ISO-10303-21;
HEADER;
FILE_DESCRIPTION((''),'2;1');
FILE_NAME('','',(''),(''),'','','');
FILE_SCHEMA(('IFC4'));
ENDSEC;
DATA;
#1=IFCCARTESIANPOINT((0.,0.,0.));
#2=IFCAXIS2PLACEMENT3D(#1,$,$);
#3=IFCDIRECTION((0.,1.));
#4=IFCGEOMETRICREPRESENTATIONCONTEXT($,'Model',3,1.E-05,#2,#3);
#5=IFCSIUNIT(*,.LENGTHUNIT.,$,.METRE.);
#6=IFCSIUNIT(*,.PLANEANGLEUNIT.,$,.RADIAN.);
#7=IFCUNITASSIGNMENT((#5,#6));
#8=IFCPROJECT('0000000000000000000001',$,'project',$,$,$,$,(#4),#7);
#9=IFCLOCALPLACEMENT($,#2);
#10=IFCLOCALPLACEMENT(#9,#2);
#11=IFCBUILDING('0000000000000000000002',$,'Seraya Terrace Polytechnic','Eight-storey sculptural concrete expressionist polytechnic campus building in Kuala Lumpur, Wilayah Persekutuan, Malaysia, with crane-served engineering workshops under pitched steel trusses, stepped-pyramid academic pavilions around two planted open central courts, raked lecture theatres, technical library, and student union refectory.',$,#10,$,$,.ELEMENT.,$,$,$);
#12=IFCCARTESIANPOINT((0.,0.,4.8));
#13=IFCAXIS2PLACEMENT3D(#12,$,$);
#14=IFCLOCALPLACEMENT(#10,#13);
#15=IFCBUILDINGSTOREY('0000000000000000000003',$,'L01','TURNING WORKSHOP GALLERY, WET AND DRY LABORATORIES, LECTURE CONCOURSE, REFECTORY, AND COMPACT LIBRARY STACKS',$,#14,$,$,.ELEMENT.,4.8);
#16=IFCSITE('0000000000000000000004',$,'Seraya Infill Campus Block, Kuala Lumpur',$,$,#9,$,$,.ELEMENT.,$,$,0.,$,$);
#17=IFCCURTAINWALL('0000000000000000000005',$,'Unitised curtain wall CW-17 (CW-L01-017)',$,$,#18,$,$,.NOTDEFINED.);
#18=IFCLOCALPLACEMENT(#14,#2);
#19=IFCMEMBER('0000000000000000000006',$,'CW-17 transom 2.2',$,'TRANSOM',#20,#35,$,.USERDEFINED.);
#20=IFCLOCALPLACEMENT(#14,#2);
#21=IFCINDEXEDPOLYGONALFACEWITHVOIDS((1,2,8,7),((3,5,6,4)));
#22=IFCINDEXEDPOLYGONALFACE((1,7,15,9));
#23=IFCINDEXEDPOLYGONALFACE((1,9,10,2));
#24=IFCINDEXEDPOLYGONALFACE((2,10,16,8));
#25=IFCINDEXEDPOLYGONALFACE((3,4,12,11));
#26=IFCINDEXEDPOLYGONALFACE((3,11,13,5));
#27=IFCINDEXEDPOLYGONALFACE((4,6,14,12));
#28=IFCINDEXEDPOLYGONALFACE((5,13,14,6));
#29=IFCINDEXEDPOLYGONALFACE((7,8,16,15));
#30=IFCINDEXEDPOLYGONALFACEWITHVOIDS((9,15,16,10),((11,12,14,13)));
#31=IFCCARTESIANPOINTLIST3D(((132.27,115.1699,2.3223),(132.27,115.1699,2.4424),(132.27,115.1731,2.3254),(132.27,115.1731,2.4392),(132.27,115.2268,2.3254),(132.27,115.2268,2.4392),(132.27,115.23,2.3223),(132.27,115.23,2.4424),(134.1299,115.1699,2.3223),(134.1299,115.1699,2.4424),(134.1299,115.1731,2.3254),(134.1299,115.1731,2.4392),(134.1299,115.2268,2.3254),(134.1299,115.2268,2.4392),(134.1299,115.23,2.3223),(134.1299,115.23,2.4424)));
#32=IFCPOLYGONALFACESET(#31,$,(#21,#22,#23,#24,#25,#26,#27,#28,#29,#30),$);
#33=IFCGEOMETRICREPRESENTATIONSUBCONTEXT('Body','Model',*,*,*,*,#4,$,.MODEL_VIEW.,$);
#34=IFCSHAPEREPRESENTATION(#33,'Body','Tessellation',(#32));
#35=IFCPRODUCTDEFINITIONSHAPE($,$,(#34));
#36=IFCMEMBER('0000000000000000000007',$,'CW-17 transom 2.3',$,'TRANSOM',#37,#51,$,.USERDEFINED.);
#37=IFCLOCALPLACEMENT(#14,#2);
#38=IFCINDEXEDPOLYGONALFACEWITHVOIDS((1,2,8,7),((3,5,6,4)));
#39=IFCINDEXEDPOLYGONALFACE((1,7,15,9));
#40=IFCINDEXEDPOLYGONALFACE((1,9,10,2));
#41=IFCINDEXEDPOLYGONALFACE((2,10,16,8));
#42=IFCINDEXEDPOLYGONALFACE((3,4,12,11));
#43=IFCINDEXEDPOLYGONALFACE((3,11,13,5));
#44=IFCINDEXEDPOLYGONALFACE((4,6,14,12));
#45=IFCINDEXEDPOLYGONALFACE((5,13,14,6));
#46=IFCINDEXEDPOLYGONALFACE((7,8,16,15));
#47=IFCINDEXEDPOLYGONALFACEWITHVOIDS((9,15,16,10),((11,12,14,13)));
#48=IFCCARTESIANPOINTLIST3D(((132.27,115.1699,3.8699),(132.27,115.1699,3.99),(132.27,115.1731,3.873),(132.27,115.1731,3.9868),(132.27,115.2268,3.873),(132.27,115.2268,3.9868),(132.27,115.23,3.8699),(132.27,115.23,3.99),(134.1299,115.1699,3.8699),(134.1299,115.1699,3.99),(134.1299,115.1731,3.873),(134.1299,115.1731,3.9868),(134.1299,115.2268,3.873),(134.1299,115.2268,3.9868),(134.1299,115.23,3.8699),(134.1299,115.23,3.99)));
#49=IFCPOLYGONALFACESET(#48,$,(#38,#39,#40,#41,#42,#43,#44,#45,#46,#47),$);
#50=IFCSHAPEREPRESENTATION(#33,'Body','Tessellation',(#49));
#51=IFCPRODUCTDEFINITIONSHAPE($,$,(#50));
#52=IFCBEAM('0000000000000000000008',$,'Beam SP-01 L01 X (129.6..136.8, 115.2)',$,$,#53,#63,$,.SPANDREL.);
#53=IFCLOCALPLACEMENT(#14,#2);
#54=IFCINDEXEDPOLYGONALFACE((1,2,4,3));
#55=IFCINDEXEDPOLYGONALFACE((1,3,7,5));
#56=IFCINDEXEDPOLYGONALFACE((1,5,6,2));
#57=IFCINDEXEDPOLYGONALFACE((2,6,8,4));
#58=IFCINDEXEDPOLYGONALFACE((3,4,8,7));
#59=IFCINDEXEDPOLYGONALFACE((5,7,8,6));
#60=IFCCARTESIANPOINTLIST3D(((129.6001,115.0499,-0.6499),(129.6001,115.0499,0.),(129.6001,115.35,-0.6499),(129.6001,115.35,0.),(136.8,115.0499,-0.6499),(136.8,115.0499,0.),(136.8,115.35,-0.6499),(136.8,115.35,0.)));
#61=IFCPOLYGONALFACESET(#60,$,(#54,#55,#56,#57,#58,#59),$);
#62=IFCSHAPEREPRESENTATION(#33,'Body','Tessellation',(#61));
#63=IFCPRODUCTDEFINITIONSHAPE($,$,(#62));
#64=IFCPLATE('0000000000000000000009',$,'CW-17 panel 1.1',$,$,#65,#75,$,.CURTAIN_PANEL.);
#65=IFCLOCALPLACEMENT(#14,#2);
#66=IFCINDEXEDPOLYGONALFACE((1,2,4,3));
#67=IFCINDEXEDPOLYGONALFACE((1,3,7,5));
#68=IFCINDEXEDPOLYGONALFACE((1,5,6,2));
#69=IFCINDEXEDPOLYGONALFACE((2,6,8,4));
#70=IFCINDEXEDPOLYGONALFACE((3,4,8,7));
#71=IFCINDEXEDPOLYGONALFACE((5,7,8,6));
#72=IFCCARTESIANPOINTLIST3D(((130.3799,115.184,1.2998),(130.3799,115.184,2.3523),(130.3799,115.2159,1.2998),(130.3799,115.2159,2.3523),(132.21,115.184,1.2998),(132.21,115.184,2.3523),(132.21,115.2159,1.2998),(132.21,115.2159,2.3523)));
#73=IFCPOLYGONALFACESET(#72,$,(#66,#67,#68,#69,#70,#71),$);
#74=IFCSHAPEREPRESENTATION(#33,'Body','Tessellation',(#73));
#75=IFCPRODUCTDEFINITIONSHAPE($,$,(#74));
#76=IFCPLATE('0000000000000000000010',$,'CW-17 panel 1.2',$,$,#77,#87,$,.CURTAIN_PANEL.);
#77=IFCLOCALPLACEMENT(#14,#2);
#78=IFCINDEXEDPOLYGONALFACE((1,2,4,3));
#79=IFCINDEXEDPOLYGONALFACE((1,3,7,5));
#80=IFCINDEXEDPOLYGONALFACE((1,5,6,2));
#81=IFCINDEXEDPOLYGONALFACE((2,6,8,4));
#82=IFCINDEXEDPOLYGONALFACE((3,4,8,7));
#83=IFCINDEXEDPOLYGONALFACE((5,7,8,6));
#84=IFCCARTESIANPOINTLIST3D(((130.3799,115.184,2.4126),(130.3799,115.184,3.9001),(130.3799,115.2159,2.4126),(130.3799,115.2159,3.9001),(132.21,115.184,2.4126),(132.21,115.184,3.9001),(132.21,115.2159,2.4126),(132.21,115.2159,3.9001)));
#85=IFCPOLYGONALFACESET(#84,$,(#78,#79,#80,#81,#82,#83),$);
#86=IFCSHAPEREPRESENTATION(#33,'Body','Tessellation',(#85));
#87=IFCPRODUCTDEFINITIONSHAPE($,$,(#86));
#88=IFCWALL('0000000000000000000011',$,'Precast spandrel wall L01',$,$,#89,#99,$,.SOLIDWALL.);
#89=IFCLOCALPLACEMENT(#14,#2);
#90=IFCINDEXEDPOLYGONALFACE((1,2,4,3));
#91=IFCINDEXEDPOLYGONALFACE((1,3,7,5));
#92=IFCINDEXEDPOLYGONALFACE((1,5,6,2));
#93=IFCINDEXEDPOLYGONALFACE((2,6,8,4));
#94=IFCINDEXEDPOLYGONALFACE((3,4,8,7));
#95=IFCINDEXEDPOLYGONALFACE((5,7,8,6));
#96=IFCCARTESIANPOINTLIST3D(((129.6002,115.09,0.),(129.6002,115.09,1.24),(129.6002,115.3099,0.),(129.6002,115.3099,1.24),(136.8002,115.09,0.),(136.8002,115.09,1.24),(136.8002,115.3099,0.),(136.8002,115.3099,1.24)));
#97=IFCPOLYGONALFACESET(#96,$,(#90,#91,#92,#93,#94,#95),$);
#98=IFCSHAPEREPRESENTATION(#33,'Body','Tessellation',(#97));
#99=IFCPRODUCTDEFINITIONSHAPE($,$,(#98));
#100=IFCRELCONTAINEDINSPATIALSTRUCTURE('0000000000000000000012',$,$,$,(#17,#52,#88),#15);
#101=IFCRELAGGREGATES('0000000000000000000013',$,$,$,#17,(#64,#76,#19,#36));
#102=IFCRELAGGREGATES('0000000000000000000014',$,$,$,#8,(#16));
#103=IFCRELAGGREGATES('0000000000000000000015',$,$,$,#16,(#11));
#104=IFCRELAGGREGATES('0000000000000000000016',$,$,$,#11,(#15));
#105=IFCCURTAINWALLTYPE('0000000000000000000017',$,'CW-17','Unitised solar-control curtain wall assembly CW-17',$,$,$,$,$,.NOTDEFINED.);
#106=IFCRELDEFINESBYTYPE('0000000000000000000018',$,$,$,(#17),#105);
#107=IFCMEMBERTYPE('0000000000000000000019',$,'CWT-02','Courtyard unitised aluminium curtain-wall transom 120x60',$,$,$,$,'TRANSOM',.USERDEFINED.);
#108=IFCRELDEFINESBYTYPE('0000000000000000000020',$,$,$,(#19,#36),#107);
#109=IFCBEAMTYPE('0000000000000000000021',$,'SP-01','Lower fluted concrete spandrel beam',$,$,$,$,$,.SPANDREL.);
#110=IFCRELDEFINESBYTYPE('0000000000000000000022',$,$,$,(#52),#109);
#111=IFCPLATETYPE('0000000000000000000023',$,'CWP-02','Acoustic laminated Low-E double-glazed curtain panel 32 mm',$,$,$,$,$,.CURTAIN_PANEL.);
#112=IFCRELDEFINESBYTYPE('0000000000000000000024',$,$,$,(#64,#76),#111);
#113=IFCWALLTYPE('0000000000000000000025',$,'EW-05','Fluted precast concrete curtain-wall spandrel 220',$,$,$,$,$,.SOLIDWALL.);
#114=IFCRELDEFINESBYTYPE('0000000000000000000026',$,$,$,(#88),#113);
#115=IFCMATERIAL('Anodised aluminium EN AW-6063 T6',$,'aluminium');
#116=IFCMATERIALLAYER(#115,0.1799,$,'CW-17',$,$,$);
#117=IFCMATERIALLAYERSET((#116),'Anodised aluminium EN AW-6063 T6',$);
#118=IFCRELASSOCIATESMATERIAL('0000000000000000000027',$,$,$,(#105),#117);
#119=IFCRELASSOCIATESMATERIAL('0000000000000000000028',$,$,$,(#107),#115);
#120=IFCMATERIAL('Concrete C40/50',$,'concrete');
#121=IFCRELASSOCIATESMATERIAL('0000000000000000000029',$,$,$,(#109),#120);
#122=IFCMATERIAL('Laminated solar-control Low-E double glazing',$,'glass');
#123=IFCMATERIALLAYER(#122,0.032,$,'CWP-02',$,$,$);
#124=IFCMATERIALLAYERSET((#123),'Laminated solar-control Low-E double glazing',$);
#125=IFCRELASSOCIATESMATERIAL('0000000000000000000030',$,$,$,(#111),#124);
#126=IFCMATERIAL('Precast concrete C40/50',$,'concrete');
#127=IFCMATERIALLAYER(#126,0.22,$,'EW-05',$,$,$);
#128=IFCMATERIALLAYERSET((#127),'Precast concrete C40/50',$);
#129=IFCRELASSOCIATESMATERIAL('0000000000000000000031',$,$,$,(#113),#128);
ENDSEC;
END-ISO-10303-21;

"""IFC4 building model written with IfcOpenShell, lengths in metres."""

from ifc_helpers import new_model, si_unit, direction, frame, frame_2d, origin, origin_2d, place, context, subcontext, project, spatial, rectangle, hollow_rectangle, extrude, material, layer, layer_set, material_profile, profile_set, type_object, element, aggregate, save


model = new_model("IFC4")

# Units and contexts
model_context = context("Model", 3, precision=1e-05, world=origin(), true_north=direction((0.0, 1.0)))
body_context = subcontext(model_context, "Body", "Model", "MODEL_VIEW")
ifc_project = project(units=[si_unit("LENGTHUNIT", "METRE"), si_unit("PLANEANGLEUNIT", "RADIAN")], contexts=[model_context])

# Site, building, storey
site_placement = place(None, origin())
site = spatial("IfcSite", under=ifc_project, at=site_placement, Name="Seraya Infill Campus Block, Kuala Lumpur", CompositionType="ELEMENT", RefElevation=0.0)
building_placement = place(site_placement, origin())
building = spatial("IfcBuilding", under=site, at=building_placement, Name="Seraya Terrace Polytechnic", Description="Eight-storey sculptural concrete expressionist polytechnic campus building in Kuala Lumpur, Wilayah Persekutuan, Malaysia, with crane-served engineering workshops under pitched steel trusses, stepped-pyramid academic pavilions around two planted open central courts, raked lecture theatres, technical library, and student union refectory.", CompositionType="ELEMENT")
storey_placement = place(building_placement, frame((0.0, 0.0, 4.8)))
storey = spatial("IfcBuildingStorey", under=building, at=storey_placement, Name="L01", Description="TURNING WORKSHOP GALLERY, WET AND DRY LABORATORIES, LECTURE CONCOURSE, REFECTORY, AND COMPACT LIBRARY STACKS", CompositionType="ELEMENT", Elevation=4.8)

# Shared definitions
ifc_material_1 = material(Name="Concrete C40/50", Category="concrete")

# Curtain wall, members
ifc_material_2 = material(Name="Anodised aluminium EN AW-6063 T6", Category="aluminium")
ifc_layer_1 = layer(ifc_material_2, 0.1799, Name="CW-17")
ifc_layer_set_1 = layer_set([ifc_layer_1], Name="Anodised aluminium EN AW-6063 T6")
curtain_wall_type = type_object("IfcCurtainWallType", Name="CW-17", Description="Unitised solar-control curtain wall assembly CW-17", PredefinedType="NOTDEFINED", material=ifc_layer_set_1)
curtain_wall_placement = place(storey_placement, origin())
curtain_wall = element("IfcCurtainWall", 1, at=curtain_wall_placement, inside=storey, type_object=curtain_wall_type, Name="Unitised curtain wall CW-17 (CW-L01-017)", PredefinedType="NOTDEFINED")
ifc_material_profile_1 = material_profile(ifc_material_2, hollow_rectangle(XDim=0.0601, YDim=0.1201, WallThickness=0.0032, at=origin_2d()), Name="RHS 120x60x3.2")
ifc_profile_set_1 = profile_set([ifc_material_profile_1], Name="Anodised aluminium EN AW-6063 T6")
member_type_1 = type_object("IfcMemberType", Name="CWT-02", Description="Courtyard unitised aluminium curtain-wall transom 120x60", ElementType="TRANSOM", PredefinedType="USERDEFINED", material=ifc_profile_set_1)
member_1_placement = place(storey_placement, frame((132.27, 115.2, 2.3823), z_axis=(1.0, 0.0, 0.0), x_axis=(0.0, 1.0, 0.0)))
member_1 = element("IfcMember", 2, at=member_1_placement, type_object=member_type_1, Name="CW-17 transom 2.2", ObjectType="TRANSOM", PredefinedType="USERDEFINED", context=body_context, shape_type="SweptSolid", body=[
    extrude(hollow_rectangle(XDim=0.0601, YDim=0.1201, WallThickness=0.0032, at=origin_2d()), origin(), (0.0, 0.0, 1.0), 1.8599),
])
member_2_placement = place(storey_placement, frame((132.27, 115.2, 3.9299), z_axis=(1.0, 0.0, 0.0), x_axis=(0.0, 1.0, 0.0)))
member_2 = element("IfcMember", 3, at=member_2_placement, type_object=member_type_1, Name="CW-17 transom 2.3", ObjectType="TRANSOM", PredefinedType="USERDEFINED", context=body_context, shape_type="SweptSolid", body=[
    extrude(hollow_rectangle(XDim=0.0601, YDim=0.1201, WallThickness=0.0032, at=origin_2d()), origin(), (0.0, 0.0, 1.0), 1.8599),
])

# Beam
ifc_material_profile_2 = material_profile(ifc_material_1, rectangle(XDim=0.3, YDim=0.6499, at=origin_2d()), Name="RC 300x650")
ifc_profile_set_2 = profile_set([ifc_material_profile_2], Name="Concrete C40/50")
beam_type_1 = type_object("IfcBeamType", Name="SP-01", Description="Lower fluted concrete spandrel beam", PredefinedType="SPANDREL", material=ifc_profile_set_2)
beam_placement = place(storey_placement, frame((129.6001, 115.2, -0.325), z_axis=(1.0, 0.0, 0.0), x_axis=(0.0, 1.0, 0.0)))
element("IfcBeam", 4, at=beam_placement, inside=storey, type_object=beam_type_1, Name="Beam SP-01 L01 X (129.6..136.8, 115.2)", PredefinedType="SPANDREL", context=body_context, shape_type="SweptSolid", body=[
    extrude(rectangle(XDim=0.3, YDim=0.6499, at=origin_2d()), origin(), (0.0, 0.0, 1.0), 7.2),
])

# Plates
ifc_material_3 = material(Name="Laminated solar-control Low-E double glazing", Category="glass")
ifc_layer_2 = layer(ifc_material_3, 0.032, Name="CWP-02")
ifc_layer_set_2 = layer_set([ifc_layer_2], Name="Laminated solar-control Low-E double glazing")
plate_type = type_object("IfcPlateType", Name="CWP-02", Description="Acoustic laminated Low-E double-glazed curtain panel 32 mm", PredefinedType="CURTAIN_PANEL", material=ifc_layer_set_2)
plate_1_placement = place(storey_placement, frame((131.2949, 115.2, 1.2998), z_axis=(0.0, 0.0, 1.0), x_axis=(1.0, 0.0, 0.0)))
plate_1 = element("IfcPlate", 5, at=plate_1_placement, type_object=plate_type, Name="CW-17 panel 1.1", PredefinedType="CURTAIN_PANEL", context=body_context, shape_type="SweptSolid", body=[
    extrude(rectangle(XDim=1.8301, YDim=0.032, at=origin_2d()), origin(), (0.0, 0.0, 1.0), 1.0525),
])
plate_2_placement = place(storey_placement, frame((131.2949, 115.2, 2.4126), z_axis=(0.0, 0.0, 1.0), x_axis=(1.0, 0.0, 0.0)))
plate_2 = element("IfcPlate", 6, at=plate_2_placement, type_object=plate_type, Name="CW-17 panel 1.2", PredefinedType="CURTAIN_PANEL", context=body_context, shape_type="SweptSolid", body=[
    extrude(rectangle(XDim=1.8301, YDim=0.032, at=origin_2d()), origin(), (0.0, 0.0, 1.0), 1.4875),
])
aggregate(curtain_wall, [plate_1, plate_2, member_1, member_2])

# Wall
ifc_material_4 = material(Name="Precast concrete C40/50", Category="concrete")
ifc_layer_3 = layer(ifc_material_4, 0.22, Name="EW-05")
ifc_layer_set_3 = layer_set([ifc_layer_3], Name="Precast concrete C40/50")
wall_type = type_object("IfcWallType", Name="EW-05", Description="Fluted precast concrete curtain-wall spandrel 220", PredefinedType="SOLIDWALL", material=ifc_layer_set_3)
wall_placement = place(storey_placement, frame((129.6001, 115.2, 0.0), z_axis=(0.0, 0.0, 1.0), x_axis=(1.0, 0.0, 0.0)))
element("IfcWall", 7, at=wall_placement, inside=storey, type_object=wall_type, Name="Precast spandrel wall L01", PredefinedType="SOLIDWALL", context=body_context, shape_type="SweptSolid", body=[
    extrude(rectangle(XDim=7.2, YDim=0.22, at=frame_2d((3.6001, 0.0))), origin(), (0.0, 0.0, 1.0), 1.24),
])

save(model, "model.ifc")
